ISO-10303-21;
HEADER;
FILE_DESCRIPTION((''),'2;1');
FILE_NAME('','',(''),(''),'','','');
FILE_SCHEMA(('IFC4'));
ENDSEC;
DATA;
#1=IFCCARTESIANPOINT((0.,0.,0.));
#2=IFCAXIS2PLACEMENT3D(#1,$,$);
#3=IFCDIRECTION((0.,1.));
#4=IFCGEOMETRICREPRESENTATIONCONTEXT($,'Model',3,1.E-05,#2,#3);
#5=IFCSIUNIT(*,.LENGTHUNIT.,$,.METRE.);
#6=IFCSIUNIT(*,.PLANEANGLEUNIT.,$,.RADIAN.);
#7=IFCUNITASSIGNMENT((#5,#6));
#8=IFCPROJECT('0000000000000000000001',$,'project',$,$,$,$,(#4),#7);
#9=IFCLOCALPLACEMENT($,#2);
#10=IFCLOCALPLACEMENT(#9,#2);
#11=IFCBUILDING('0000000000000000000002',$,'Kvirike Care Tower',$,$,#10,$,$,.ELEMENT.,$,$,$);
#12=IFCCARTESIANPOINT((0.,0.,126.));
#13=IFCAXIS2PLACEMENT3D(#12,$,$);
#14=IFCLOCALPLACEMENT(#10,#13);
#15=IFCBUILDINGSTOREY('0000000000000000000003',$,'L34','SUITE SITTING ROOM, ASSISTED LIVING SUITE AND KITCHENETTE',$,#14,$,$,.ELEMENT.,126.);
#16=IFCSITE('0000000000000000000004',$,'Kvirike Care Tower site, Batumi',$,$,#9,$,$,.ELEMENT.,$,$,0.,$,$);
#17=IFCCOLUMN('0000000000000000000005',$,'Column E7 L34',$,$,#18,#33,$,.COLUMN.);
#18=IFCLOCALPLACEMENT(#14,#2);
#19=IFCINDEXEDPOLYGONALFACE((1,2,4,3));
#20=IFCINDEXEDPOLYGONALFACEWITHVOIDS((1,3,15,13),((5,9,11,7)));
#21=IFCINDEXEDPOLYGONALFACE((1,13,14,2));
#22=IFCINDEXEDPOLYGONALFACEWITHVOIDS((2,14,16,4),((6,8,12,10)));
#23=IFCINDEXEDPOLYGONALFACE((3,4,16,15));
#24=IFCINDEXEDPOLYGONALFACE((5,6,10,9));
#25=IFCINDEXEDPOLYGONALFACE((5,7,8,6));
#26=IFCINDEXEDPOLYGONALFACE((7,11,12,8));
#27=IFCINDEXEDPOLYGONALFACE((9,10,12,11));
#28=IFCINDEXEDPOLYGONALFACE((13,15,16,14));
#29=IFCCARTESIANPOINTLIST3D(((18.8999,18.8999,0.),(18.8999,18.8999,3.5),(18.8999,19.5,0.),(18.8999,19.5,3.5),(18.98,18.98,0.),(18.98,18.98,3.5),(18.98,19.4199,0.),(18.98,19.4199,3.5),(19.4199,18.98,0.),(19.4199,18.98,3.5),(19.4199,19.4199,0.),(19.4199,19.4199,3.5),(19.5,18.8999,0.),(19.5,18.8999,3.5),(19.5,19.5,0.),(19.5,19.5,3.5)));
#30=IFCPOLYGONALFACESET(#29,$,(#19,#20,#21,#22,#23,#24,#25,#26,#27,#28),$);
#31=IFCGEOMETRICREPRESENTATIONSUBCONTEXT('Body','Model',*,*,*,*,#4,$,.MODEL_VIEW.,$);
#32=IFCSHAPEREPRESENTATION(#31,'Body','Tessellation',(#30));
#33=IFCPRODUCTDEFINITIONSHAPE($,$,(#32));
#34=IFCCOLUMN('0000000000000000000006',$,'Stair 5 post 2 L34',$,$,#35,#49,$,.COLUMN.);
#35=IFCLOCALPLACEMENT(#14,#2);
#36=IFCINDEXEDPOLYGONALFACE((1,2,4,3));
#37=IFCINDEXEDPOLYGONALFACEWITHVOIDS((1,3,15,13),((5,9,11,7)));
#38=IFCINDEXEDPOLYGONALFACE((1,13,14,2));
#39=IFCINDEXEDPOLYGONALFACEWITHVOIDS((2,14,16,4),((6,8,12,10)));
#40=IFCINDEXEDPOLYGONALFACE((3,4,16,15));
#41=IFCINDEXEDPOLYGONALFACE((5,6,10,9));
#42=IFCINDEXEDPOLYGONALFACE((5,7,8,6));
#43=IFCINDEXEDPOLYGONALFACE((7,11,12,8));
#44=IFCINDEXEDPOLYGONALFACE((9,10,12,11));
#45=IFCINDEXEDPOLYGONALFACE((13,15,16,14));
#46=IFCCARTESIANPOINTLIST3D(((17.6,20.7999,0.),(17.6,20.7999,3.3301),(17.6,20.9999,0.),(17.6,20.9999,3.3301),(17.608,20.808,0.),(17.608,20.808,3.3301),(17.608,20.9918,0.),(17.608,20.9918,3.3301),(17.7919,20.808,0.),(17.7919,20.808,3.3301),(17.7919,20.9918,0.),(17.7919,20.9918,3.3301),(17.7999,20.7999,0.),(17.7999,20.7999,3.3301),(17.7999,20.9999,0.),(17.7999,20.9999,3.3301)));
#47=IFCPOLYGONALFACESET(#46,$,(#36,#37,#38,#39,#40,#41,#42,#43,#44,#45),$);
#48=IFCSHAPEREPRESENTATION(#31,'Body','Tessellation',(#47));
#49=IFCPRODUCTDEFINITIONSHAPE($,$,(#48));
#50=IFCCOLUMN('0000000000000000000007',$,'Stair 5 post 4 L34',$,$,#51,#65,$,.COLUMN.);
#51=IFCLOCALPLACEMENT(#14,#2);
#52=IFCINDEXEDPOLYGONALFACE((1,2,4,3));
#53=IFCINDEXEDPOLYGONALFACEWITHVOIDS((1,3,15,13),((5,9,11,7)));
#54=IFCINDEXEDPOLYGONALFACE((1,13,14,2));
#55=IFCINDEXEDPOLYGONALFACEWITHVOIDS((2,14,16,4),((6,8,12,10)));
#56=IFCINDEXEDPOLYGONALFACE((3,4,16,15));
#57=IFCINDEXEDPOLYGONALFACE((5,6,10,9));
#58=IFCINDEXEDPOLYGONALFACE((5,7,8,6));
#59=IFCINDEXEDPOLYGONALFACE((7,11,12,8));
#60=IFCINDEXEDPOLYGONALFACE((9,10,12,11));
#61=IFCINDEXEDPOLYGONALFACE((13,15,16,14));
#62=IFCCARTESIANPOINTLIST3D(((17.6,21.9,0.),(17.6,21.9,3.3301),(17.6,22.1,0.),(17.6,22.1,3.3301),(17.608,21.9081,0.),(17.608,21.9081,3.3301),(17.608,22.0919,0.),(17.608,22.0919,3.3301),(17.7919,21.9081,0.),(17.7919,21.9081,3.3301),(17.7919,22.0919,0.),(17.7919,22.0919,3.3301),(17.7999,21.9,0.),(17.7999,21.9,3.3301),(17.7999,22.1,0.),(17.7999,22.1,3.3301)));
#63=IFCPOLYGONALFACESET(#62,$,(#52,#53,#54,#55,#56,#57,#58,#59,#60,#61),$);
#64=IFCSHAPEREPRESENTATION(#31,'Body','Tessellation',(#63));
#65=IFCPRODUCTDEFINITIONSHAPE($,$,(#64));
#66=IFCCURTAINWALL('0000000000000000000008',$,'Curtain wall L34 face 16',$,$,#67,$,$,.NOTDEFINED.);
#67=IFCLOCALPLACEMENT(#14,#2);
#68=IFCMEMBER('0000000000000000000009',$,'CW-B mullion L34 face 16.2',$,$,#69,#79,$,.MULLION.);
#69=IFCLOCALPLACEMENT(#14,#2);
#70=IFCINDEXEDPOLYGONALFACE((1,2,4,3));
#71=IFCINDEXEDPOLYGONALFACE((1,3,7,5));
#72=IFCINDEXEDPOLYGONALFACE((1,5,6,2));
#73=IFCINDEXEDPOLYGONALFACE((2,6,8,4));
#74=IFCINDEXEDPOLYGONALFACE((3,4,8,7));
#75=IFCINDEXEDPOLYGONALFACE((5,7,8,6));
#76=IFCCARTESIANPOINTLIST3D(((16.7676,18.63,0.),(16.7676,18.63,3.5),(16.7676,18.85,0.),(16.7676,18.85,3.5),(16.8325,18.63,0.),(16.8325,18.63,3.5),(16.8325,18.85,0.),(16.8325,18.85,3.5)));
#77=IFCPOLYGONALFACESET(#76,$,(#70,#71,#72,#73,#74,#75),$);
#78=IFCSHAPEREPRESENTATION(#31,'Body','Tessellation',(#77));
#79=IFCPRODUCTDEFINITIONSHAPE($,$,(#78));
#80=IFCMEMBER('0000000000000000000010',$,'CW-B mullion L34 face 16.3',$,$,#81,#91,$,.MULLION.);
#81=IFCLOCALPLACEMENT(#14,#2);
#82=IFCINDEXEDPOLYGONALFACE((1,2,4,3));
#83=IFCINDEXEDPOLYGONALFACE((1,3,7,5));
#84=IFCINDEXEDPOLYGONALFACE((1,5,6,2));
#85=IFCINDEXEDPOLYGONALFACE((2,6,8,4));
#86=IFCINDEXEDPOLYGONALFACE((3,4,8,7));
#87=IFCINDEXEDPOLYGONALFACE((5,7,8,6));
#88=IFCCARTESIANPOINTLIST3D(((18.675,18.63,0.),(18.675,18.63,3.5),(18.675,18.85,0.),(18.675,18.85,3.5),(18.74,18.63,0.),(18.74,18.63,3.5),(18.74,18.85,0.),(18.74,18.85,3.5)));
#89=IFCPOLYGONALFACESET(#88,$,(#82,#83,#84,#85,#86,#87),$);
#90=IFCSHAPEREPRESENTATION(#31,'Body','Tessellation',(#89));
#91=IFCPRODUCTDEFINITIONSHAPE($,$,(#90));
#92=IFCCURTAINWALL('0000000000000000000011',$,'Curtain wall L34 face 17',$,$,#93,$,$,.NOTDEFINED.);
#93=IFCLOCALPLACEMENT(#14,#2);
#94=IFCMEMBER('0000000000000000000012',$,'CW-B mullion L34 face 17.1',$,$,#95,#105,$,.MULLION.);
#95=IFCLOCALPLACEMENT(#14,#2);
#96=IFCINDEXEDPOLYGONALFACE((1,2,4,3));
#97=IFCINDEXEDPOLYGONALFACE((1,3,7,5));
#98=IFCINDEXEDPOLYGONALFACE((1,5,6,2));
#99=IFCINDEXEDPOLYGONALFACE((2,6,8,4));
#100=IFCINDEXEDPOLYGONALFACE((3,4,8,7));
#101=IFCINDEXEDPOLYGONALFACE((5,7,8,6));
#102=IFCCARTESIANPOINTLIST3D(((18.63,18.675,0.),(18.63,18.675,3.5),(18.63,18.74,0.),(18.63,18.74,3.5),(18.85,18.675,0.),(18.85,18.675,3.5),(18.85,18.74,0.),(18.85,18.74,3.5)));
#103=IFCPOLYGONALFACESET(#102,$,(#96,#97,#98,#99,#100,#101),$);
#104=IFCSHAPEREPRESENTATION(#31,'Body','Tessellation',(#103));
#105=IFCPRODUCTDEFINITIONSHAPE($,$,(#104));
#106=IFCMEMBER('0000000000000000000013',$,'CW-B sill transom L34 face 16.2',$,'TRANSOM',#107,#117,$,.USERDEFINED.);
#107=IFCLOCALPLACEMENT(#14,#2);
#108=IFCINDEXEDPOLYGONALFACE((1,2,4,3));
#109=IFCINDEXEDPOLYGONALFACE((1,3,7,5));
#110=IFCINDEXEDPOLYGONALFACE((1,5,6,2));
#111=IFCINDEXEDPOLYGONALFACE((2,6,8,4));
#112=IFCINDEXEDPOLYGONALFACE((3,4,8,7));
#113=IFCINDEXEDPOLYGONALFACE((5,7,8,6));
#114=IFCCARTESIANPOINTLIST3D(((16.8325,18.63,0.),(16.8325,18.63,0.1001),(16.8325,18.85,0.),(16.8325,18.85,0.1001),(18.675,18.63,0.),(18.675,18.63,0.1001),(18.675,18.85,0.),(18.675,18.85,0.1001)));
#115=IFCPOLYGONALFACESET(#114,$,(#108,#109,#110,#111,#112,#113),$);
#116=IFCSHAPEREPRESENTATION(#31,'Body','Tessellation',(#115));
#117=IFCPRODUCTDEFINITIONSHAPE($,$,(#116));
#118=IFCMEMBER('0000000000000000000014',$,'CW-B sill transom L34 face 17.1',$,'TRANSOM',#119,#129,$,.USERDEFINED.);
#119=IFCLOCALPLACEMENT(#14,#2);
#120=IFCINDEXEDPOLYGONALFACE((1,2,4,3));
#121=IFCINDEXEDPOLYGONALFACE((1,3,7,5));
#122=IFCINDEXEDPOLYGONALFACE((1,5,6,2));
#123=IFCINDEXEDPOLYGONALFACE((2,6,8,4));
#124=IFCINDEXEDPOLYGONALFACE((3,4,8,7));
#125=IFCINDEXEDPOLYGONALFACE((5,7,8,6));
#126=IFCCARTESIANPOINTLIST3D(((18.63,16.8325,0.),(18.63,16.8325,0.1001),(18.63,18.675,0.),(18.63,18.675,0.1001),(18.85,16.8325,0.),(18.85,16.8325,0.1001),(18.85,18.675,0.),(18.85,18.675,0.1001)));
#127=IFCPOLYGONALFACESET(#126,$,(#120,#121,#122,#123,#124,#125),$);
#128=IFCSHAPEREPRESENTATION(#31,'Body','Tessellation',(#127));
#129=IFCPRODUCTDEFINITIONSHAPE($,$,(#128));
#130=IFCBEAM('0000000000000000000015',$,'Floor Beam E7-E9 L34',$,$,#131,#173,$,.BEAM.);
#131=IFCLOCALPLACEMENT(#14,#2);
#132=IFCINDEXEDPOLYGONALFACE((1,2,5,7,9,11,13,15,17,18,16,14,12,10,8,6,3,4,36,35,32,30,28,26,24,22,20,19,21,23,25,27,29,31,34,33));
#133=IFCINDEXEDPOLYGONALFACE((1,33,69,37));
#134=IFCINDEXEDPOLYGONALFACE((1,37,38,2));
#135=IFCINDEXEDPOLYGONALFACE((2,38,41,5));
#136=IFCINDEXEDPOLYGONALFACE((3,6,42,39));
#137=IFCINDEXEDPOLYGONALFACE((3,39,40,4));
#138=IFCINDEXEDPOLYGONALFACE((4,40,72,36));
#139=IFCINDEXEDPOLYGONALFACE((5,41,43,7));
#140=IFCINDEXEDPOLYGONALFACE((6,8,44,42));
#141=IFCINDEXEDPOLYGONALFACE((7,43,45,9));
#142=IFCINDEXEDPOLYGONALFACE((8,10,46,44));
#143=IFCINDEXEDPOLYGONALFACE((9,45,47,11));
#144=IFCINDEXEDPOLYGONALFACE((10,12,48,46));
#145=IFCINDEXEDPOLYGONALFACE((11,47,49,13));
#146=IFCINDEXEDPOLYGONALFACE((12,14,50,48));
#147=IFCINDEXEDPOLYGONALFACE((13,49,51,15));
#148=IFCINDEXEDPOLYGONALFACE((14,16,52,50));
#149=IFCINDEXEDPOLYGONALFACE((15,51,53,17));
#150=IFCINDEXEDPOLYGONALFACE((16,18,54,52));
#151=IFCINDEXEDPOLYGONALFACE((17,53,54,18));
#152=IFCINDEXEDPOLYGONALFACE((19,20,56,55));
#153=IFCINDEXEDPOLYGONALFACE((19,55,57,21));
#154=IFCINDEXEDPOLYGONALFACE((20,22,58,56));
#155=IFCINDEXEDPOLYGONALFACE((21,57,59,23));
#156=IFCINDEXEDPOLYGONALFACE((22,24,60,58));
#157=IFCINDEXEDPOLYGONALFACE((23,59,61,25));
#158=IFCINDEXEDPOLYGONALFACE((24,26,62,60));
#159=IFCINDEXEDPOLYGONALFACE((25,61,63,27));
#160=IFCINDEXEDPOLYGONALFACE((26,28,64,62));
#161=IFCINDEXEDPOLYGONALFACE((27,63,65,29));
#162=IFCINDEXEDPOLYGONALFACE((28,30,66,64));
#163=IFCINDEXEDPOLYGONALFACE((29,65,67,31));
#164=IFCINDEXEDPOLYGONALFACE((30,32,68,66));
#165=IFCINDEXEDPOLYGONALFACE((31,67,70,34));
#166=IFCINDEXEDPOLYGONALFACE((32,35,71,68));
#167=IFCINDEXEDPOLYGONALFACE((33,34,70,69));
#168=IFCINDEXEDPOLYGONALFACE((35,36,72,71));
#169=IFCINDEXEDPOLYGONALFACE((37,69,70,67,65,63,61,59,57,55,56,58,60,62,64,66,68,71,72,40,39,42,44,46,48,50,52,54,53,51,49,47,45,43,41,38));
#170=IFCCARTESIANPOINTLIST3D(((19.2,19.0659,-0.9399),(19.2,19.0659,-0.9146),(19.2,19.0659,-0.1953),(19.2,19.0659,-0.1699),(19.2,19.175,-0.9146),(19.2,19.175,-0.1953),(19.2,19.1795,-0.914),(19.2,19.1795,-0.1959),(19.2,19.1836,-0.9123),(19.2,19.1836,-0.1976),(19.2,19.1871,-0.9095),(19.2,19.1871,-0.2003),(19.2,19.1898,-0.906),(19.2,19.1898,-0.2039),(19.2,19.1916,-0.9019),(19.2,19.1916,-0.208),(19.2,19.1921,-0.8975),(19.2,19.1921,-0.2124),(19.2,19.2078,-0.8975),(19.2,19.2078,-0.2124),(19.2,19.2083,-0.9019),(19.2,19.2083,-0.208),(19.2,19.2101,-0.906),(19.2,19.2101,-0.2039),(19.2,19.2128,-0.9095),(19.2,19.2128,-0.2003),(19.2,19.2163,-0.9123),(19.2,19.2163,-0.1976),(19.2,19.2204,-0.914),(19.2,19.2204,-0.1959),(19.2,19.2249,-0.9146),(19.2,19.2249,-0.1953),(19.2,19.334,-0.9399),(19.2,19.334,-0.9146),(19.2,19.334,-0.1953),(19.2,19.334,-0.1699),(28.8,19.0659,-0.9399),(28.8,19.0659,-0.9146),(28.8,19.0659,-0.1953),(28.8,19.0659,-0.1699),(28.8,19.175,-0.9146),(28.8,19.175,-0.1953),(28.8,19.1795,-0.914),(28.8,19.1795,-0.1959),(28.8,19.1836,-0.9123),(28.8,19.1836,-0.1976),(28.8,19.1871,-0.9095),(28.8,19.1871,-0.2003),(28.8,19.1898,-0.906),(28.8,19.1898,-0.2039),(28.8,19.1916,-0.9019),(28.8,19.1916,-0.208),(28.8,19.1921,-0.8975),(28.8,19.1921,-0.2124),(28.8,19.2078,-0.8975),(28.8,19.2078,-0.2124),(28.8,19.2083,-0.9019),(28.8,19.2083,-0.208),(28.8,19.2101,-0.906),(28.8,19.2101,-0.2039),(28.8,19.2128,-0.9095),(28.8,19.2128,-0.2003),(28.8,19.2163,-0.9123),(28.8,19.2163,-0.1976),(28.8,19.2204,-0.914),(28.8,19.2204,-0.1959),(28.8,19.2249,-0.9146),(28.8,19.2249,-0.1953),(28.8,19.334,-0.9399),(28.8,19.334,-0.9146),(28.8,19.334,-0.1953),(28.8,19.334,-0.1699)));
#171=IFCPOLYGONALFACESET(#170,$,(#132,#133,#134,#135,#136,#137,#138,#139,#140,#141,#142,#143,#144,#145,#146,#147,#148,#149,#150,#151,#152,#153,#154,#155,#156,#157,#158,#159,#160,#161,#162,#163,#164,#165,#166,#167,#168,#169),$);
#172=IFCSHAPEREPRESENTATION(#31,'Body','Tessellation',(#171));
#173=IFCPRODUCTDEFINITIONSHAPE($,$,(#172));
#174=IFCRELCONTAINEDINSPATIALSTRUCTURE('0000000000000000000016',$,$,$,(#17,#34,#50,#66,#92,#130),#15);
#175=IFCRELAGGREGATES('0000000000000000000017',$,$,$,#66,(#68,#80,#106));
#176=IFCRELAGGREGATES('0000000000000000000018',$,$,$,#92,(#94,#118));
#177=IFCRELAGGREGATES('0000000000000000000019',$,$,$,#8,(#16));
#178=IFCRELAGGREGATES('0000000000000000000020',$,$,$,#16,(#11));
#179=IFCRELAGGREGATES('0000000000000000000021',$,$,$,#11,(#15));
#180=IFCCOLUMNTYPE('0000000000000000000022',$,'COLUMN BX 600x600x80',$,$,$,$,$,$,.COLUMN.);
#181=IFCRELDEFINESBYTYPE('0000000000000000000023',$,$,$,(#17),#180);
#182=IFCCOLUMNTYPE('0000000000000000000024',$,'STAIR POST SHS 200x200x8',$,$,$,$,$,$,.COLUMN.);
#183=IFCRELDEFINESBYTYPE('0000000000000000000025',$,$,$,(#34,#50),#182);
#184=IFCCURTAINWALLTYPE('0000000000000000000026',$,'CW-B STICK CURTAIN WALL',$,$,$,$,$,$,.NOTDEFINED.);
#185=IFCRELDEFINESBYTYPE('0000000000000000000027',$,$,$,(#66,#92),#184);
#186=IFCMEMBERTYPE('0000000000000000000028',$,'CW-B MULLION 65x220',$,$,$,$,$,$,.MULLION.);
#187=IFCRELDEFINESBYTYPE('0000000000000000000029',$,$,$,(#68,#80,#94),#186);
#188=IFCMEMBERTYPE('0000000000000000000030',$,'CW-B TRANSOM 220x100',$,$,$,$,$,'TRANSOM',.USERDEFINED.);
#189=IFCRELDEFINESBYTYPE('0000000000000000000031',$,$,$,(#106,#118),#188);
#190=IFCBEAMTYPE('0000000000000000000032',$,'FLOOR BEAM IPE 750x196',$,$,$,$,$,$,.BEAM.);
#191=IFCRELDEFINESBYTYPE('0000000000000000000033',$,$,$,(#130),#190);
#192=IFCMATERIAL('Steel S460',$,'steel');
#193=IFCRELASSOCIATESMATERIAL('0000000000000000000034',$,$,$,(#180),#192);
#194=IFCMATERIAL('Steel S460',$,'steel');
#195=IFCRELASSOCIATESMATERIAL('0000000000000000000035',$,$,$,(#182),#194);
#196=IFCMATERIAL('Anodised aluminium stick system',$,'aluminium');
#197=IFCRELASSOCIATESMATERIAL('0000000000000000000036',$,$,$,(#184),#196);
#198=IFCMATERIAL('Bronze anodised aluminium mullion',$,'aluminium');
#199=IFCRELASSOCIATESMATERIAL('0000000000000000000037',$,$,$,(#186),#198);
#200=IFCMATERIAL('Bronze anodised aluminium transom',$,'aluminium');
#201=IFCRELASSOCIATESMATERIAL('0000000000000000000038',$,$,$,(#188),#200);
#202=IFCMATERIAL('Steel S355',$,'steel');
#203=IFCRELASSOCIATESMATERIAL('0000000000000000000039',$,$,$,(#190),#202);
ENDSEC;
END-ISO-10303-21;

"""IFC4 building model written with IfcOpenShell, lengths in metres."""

from ifc_helpers import new_model, si_unit, direction, frame, origin, origin_2d, place, context, subcontext, project, spatial, rectangle, hollow_rectangle, i_section, extrude, material, material_profile, profile_set, type_object, element, aggregate, save


model = new_model("IFC4")

# Units and contexts
model_context = context("Model", 3, precision=1e-05, world=origin(), true_north=direction((0.0, 1.0)))
body_context = subcontext(model_context, "Body", "Model", "MODEL_VIEW")
ifc_project = project(units=[si_unit("LENGTHUNIT", "METRE"), si_unit("PLANEANGLEUNIT", "RADIAN")], contexts=[model_context])

# Site, building, storey
site_placement = place(None, origin())
site = spatial("IfcSite", under=ifc_project, at=site_placement, Name="Kvirike Care Tower site, Batumi", CompositionType="ELEMENT", RefElevation=0.0)
building_placement = place(site_placement, origin())
building = spatial("IfcBuilding", under=site, at=building_placement, Name="Kvirike Care Tower", CompositionType="ELEMENT")
storey_placement = place(building_placement, frame((0.0, 0.0, 126.0)))
storey = spatial("IfcBuildingStorey", under=building, at=storey_placement, Name="L34", Description="SUITE SITTING ROOM, ASSISTED LIVING SUITE AND KITCHENETTE", CompositionType="ELEMENT", Elevation=126.0)

# Columns
ifc_material_1 = material(Name="Steel S460", Category="steel")
ifc_material_profile_1 = material_profile(ifc_material_1, hollow_rectangle(XDim=0.6001, YDim=0.6001, WallThickness=0.0801, at=origin_2d()), Name="BX 600x600x80")
ifc_profile_set_1 = profile_set([ifc_material_profile_1], Name="Steel S460")
column_type_1 = type_object("IfcColumnType", Name="COLUMN BX 600x600x80", PredefinedType="COLUMN", material=ifc_profile_set_1)
column_placement = place(storey_placement, frame((19.2, 19.2, 0.0), z_axis=(0.0, 0.0, 1.0), x_axis=(0.0, 1.0, 0.0)))
element("IfcColumn", 1, at=column_placement, inside=storey, type_object=column_type_1, Name="Column E7 L34", PredefinedType="COLUMN", context=body_context, shape_type="SweptSolid", body=[
    extrude(hollow_rectangle(XDim=0.6001, YDim=0.6001, WallThickness=0.0801, at=origin_2d()), origin(), (0.0, 0.0, 1.0), 3.5),
])
ifc_material_2 = material(Name="Steel S460", Category="steel")
ifc_material_profile_2 = material_profile(ifc_material_2, hollow_rectangle(XDim=0.2, YDim=0.2, WallThickness=0.0081, at=origin_2d()), Name="SHS 200x200x8")
ifc_profile_set_2 = profile_set([ifc_material_profile_2], Name="Steel S460")
column_type_2 = type_object("IfcColumnType", Name="STAIR POST SHS 200x200x8", PredefinedType="COLUMN", material=ifc_profile_set_2)
for number, where, z_axis, x_axis, name in (
    (2, (17.7, 20.8999, 0.0), (0.0, 0.0, 1.0), (1.0, 0.0, 0.0), "Stair 5 post 2 L34"),
    (3, (17.7, 22.0, 0.0), (0.0, 0.0, 1.0), (1.0, 0.0, 0.0), "Stair 5 post 4 L34"),
):
    element("IfcColumn", number, at=place(storey_placement, frame(where, z_axis=z_axis, x_axis=x_axis)), inside=storey, type_object=column_type_2, Name=name, PredefinedType="COLUMN", context=body_context, shape_type="SweptSolid", body=[
        extrude(hollow_rectangle(XDim=0.2, YDim=0.2, WallThickness=0.0081, at=origin_2d()), origin(), (0.0, 0.0, 1.0), 3.3301),
    ])

# Curtain wall, members
ifc_material_3 = material(Name="Anodised aluminium stick system", Category="aluminium")
curtain_wall_type = type_object("IfcCurtainWallType", Name="CW-B STICK CURTAIN WALL", PredefinedType="NOTDEFINED", material=ifc_material_3)
curtain_wall_1_placement = place(storey_placement, origin())
curtain_wall_1 = element("IfcCurtainWall", 4, at=curtain_wall_1_placement, inside=storey, type_object=curtain_wall_type, Name="Curtain wall L34 face 16", PredefinedType="NOTDEFINED")
ifc_material_4 = material(Name="Bronze anodised aluminium mullion", Category="aluminium")
ifc_material_profile_3 = material_profile(ifc_material_4, rectangle(XDim=0.0649, YDim=0.22, at=origin_2d()), Name="CW-B MULLION 65x220")
ifc_profile_set_3 = profile_set([ifc_material_profile_3], Name="Bronze anodised aluminium mullion")
member_type_1 = type_object("IfcMemberType", Name="CW-B MULLION 65x220", PredefinedType="MULLION", material=ifc_profile_set_3)
member_1_placement = place(storey_placement, frame((16.8, 18.74, 0.0), z_axis=(0.0, 0.0, 1.0), x_axis=(1.0, 0.0, 0.0)))
member_1 = element("IfcMember", 5, at=member_1_placement, type_object=member_type_1, Name="CW-B mullion L34 face 16.2", PredefinedType="MULLION", context=body_context, shape_type="SweptSolid", body=[
    extrude(rectangle(XDim=0.0649, YDim=0.22, at=origin_2d()), origin(), (0.0, 0.0, 1.0), 3.5),
])
member_2_placement = place(storey_placement, frame((18.7075, 18.74, 0.0), z_axis=(0.0, 0.0, 1.0), x_axis=(1.0, 0.0, 0.0)))
member_2 = element("IfcMember", 6, at=member_2_placement, type_object=member_type_1, Name="CW-B mullion L34 face 16.3", PredefinedType="MULLION", context=body_context, shape_type="SweptSolid", body=[
    extrude(rectangle(XDim=0.0649, YDim=0.22, at=origin_2d()), origin(), (0.0, 0.0, 1.0), 3.5),
])

# Curtain wall, member
curtain_wall_2_placement = place(storey_placement, origin())
curtain_wall_2 = element("IfcCurtainWall", 7, at=curtain_wall_2_placement, inside=storey, type_object=curtain_wall_type, Name="Curtain wall L34 face 17", PredefinedType="NOTDEFINED")
member_3_placement = place(storey_placement, frame((18.74, 18.7075, 0.0), z_axis=(0.0, 0.0, 1.0), x_axis=(0.0, -1.0, 0.0)))
member_3 = element("IfcMember", 8, at=member_3_placement, type_object=member_type_1, Name="CW-B mullion L34 face 17.1", PredefinedType="MULLION", context=body_context, shape_type="SweptSolid", body=[
    extrude(rectangle(XDim=0.0649, YDim=0.22, at=origin_2d()), origin(), (0.0, 0.0, 1.0), 3.5),
])

# Members
ifc_material_5 = material(Name="Bronze anodised aluminium transom", Category="aluminium")
ifc_material_profile_4 = material_profile(ifc_material_5, rectangle(XDim=0.22, YDim=0.1001, at=origin_2d()), Name="CW-B TRANSOM 220x100")
ifc_profile_set_4 = profile_set([ifc_material_profile_4], Name="Bronze anodised aluminium transom")
member_type_2 = type_object("IfcMemberType", Name="CW-B TRANSOM 220x100", ElementType="TRANSOM", PredefinedType="USERDEFINED", material=ifc_profile_set_4)
member_4_placement = place(storey_placement, frame((16.8325, 18.74, 0.05), z_axis=(1.0, 0.0, 0.0), x_axis=(0.0, 1.0, 0.0)))
member_4 = element("IfcMember", 9, at=member_4_placement, type_object=member_type_2, Name="CW-B sill transom L34 face 16.2", ObjectType="TRANSOM", PredefinedType="USERDEFINED", context=body_context, shape_type="SweptSolid", body=[
    extrude(rectangle(XDim=0.22, YDim=0.1001, at=origin_2d()), origin(), (0.0, 0.0, 1.0), 1.8425),
])
member_5_placement = place(storey_placement, frame((18.74, 18.675, 0.05), z_axis=(0.0, -1.0, 0.0), x_axis=(1.0, 0.0, 0.0)))
member_5 = element("IfcMember", 10, at=member_5_placement, type_object=member_type_2, Name="CW-B sill transom L34 face 17.1", ObjectType="TRANSOM", PredefinedType="USERDEFINED", context=body_context, shape_type="SweptSolid", body=[
    extrude(rectangle(XDim=0.22, YDim=0.1001, at=origin_2d()), origin(), (0.0, 0.0, 1.0), 1.8425),
])

# Beam
ifc_material_6 = material(Name="Steel S355", Category="steel")
ifc_material_profile_5 = material_profile(ifc_material_6, i_section(OverallWidth=0.2681, OverallDepth=0.77, WebThickness=0.0156, FlangeThickness=0.0254, FilletRadius=0.0171, at=origin_2d()), Name="IPE 750x196")
ifc_profile_set_5 = profile_set([ifc_material_profile_5], Name="Steel S355")
beam_type = type_object("IfcBeamType", Name="FLOOR BEAM IPE 750x196", PredefinedType="BEAM", material=ifc_profile_set_5)
for number, where, z_axis, x_axis, name in (
    (11, (19.2, 19.2, -0.5549), (1.0, 0.0, 0.0), (0.0, 1.0, 0.0), "Floor Beam E7-E9 L34"),
):
    element("IfcBeam", number, at=place(storey_placement, frame(where, z_axis=z_axis, x_axis=x_axis)), inside=storey, type_object=beam_type, Name=name, PredefinedType="BEAM", context=body_context, shape_type="SweptSolid", body=[
        extrude(i_section(OverallWidth=0.2681, OverallDepth=0.77, WebThickness=0.0156, FlangeThickness=0.0254, FilletRadius=0.0171, at=origin_2d()), origin(), (0.0, 0.0, 1.0), 9.6001),
    ])

aggregate(curtain_wall_1, [member_1, member_2, member_4])
aggregate(curtain_wall_2, [member_3, member_5])

save(model, "model.ifc")
